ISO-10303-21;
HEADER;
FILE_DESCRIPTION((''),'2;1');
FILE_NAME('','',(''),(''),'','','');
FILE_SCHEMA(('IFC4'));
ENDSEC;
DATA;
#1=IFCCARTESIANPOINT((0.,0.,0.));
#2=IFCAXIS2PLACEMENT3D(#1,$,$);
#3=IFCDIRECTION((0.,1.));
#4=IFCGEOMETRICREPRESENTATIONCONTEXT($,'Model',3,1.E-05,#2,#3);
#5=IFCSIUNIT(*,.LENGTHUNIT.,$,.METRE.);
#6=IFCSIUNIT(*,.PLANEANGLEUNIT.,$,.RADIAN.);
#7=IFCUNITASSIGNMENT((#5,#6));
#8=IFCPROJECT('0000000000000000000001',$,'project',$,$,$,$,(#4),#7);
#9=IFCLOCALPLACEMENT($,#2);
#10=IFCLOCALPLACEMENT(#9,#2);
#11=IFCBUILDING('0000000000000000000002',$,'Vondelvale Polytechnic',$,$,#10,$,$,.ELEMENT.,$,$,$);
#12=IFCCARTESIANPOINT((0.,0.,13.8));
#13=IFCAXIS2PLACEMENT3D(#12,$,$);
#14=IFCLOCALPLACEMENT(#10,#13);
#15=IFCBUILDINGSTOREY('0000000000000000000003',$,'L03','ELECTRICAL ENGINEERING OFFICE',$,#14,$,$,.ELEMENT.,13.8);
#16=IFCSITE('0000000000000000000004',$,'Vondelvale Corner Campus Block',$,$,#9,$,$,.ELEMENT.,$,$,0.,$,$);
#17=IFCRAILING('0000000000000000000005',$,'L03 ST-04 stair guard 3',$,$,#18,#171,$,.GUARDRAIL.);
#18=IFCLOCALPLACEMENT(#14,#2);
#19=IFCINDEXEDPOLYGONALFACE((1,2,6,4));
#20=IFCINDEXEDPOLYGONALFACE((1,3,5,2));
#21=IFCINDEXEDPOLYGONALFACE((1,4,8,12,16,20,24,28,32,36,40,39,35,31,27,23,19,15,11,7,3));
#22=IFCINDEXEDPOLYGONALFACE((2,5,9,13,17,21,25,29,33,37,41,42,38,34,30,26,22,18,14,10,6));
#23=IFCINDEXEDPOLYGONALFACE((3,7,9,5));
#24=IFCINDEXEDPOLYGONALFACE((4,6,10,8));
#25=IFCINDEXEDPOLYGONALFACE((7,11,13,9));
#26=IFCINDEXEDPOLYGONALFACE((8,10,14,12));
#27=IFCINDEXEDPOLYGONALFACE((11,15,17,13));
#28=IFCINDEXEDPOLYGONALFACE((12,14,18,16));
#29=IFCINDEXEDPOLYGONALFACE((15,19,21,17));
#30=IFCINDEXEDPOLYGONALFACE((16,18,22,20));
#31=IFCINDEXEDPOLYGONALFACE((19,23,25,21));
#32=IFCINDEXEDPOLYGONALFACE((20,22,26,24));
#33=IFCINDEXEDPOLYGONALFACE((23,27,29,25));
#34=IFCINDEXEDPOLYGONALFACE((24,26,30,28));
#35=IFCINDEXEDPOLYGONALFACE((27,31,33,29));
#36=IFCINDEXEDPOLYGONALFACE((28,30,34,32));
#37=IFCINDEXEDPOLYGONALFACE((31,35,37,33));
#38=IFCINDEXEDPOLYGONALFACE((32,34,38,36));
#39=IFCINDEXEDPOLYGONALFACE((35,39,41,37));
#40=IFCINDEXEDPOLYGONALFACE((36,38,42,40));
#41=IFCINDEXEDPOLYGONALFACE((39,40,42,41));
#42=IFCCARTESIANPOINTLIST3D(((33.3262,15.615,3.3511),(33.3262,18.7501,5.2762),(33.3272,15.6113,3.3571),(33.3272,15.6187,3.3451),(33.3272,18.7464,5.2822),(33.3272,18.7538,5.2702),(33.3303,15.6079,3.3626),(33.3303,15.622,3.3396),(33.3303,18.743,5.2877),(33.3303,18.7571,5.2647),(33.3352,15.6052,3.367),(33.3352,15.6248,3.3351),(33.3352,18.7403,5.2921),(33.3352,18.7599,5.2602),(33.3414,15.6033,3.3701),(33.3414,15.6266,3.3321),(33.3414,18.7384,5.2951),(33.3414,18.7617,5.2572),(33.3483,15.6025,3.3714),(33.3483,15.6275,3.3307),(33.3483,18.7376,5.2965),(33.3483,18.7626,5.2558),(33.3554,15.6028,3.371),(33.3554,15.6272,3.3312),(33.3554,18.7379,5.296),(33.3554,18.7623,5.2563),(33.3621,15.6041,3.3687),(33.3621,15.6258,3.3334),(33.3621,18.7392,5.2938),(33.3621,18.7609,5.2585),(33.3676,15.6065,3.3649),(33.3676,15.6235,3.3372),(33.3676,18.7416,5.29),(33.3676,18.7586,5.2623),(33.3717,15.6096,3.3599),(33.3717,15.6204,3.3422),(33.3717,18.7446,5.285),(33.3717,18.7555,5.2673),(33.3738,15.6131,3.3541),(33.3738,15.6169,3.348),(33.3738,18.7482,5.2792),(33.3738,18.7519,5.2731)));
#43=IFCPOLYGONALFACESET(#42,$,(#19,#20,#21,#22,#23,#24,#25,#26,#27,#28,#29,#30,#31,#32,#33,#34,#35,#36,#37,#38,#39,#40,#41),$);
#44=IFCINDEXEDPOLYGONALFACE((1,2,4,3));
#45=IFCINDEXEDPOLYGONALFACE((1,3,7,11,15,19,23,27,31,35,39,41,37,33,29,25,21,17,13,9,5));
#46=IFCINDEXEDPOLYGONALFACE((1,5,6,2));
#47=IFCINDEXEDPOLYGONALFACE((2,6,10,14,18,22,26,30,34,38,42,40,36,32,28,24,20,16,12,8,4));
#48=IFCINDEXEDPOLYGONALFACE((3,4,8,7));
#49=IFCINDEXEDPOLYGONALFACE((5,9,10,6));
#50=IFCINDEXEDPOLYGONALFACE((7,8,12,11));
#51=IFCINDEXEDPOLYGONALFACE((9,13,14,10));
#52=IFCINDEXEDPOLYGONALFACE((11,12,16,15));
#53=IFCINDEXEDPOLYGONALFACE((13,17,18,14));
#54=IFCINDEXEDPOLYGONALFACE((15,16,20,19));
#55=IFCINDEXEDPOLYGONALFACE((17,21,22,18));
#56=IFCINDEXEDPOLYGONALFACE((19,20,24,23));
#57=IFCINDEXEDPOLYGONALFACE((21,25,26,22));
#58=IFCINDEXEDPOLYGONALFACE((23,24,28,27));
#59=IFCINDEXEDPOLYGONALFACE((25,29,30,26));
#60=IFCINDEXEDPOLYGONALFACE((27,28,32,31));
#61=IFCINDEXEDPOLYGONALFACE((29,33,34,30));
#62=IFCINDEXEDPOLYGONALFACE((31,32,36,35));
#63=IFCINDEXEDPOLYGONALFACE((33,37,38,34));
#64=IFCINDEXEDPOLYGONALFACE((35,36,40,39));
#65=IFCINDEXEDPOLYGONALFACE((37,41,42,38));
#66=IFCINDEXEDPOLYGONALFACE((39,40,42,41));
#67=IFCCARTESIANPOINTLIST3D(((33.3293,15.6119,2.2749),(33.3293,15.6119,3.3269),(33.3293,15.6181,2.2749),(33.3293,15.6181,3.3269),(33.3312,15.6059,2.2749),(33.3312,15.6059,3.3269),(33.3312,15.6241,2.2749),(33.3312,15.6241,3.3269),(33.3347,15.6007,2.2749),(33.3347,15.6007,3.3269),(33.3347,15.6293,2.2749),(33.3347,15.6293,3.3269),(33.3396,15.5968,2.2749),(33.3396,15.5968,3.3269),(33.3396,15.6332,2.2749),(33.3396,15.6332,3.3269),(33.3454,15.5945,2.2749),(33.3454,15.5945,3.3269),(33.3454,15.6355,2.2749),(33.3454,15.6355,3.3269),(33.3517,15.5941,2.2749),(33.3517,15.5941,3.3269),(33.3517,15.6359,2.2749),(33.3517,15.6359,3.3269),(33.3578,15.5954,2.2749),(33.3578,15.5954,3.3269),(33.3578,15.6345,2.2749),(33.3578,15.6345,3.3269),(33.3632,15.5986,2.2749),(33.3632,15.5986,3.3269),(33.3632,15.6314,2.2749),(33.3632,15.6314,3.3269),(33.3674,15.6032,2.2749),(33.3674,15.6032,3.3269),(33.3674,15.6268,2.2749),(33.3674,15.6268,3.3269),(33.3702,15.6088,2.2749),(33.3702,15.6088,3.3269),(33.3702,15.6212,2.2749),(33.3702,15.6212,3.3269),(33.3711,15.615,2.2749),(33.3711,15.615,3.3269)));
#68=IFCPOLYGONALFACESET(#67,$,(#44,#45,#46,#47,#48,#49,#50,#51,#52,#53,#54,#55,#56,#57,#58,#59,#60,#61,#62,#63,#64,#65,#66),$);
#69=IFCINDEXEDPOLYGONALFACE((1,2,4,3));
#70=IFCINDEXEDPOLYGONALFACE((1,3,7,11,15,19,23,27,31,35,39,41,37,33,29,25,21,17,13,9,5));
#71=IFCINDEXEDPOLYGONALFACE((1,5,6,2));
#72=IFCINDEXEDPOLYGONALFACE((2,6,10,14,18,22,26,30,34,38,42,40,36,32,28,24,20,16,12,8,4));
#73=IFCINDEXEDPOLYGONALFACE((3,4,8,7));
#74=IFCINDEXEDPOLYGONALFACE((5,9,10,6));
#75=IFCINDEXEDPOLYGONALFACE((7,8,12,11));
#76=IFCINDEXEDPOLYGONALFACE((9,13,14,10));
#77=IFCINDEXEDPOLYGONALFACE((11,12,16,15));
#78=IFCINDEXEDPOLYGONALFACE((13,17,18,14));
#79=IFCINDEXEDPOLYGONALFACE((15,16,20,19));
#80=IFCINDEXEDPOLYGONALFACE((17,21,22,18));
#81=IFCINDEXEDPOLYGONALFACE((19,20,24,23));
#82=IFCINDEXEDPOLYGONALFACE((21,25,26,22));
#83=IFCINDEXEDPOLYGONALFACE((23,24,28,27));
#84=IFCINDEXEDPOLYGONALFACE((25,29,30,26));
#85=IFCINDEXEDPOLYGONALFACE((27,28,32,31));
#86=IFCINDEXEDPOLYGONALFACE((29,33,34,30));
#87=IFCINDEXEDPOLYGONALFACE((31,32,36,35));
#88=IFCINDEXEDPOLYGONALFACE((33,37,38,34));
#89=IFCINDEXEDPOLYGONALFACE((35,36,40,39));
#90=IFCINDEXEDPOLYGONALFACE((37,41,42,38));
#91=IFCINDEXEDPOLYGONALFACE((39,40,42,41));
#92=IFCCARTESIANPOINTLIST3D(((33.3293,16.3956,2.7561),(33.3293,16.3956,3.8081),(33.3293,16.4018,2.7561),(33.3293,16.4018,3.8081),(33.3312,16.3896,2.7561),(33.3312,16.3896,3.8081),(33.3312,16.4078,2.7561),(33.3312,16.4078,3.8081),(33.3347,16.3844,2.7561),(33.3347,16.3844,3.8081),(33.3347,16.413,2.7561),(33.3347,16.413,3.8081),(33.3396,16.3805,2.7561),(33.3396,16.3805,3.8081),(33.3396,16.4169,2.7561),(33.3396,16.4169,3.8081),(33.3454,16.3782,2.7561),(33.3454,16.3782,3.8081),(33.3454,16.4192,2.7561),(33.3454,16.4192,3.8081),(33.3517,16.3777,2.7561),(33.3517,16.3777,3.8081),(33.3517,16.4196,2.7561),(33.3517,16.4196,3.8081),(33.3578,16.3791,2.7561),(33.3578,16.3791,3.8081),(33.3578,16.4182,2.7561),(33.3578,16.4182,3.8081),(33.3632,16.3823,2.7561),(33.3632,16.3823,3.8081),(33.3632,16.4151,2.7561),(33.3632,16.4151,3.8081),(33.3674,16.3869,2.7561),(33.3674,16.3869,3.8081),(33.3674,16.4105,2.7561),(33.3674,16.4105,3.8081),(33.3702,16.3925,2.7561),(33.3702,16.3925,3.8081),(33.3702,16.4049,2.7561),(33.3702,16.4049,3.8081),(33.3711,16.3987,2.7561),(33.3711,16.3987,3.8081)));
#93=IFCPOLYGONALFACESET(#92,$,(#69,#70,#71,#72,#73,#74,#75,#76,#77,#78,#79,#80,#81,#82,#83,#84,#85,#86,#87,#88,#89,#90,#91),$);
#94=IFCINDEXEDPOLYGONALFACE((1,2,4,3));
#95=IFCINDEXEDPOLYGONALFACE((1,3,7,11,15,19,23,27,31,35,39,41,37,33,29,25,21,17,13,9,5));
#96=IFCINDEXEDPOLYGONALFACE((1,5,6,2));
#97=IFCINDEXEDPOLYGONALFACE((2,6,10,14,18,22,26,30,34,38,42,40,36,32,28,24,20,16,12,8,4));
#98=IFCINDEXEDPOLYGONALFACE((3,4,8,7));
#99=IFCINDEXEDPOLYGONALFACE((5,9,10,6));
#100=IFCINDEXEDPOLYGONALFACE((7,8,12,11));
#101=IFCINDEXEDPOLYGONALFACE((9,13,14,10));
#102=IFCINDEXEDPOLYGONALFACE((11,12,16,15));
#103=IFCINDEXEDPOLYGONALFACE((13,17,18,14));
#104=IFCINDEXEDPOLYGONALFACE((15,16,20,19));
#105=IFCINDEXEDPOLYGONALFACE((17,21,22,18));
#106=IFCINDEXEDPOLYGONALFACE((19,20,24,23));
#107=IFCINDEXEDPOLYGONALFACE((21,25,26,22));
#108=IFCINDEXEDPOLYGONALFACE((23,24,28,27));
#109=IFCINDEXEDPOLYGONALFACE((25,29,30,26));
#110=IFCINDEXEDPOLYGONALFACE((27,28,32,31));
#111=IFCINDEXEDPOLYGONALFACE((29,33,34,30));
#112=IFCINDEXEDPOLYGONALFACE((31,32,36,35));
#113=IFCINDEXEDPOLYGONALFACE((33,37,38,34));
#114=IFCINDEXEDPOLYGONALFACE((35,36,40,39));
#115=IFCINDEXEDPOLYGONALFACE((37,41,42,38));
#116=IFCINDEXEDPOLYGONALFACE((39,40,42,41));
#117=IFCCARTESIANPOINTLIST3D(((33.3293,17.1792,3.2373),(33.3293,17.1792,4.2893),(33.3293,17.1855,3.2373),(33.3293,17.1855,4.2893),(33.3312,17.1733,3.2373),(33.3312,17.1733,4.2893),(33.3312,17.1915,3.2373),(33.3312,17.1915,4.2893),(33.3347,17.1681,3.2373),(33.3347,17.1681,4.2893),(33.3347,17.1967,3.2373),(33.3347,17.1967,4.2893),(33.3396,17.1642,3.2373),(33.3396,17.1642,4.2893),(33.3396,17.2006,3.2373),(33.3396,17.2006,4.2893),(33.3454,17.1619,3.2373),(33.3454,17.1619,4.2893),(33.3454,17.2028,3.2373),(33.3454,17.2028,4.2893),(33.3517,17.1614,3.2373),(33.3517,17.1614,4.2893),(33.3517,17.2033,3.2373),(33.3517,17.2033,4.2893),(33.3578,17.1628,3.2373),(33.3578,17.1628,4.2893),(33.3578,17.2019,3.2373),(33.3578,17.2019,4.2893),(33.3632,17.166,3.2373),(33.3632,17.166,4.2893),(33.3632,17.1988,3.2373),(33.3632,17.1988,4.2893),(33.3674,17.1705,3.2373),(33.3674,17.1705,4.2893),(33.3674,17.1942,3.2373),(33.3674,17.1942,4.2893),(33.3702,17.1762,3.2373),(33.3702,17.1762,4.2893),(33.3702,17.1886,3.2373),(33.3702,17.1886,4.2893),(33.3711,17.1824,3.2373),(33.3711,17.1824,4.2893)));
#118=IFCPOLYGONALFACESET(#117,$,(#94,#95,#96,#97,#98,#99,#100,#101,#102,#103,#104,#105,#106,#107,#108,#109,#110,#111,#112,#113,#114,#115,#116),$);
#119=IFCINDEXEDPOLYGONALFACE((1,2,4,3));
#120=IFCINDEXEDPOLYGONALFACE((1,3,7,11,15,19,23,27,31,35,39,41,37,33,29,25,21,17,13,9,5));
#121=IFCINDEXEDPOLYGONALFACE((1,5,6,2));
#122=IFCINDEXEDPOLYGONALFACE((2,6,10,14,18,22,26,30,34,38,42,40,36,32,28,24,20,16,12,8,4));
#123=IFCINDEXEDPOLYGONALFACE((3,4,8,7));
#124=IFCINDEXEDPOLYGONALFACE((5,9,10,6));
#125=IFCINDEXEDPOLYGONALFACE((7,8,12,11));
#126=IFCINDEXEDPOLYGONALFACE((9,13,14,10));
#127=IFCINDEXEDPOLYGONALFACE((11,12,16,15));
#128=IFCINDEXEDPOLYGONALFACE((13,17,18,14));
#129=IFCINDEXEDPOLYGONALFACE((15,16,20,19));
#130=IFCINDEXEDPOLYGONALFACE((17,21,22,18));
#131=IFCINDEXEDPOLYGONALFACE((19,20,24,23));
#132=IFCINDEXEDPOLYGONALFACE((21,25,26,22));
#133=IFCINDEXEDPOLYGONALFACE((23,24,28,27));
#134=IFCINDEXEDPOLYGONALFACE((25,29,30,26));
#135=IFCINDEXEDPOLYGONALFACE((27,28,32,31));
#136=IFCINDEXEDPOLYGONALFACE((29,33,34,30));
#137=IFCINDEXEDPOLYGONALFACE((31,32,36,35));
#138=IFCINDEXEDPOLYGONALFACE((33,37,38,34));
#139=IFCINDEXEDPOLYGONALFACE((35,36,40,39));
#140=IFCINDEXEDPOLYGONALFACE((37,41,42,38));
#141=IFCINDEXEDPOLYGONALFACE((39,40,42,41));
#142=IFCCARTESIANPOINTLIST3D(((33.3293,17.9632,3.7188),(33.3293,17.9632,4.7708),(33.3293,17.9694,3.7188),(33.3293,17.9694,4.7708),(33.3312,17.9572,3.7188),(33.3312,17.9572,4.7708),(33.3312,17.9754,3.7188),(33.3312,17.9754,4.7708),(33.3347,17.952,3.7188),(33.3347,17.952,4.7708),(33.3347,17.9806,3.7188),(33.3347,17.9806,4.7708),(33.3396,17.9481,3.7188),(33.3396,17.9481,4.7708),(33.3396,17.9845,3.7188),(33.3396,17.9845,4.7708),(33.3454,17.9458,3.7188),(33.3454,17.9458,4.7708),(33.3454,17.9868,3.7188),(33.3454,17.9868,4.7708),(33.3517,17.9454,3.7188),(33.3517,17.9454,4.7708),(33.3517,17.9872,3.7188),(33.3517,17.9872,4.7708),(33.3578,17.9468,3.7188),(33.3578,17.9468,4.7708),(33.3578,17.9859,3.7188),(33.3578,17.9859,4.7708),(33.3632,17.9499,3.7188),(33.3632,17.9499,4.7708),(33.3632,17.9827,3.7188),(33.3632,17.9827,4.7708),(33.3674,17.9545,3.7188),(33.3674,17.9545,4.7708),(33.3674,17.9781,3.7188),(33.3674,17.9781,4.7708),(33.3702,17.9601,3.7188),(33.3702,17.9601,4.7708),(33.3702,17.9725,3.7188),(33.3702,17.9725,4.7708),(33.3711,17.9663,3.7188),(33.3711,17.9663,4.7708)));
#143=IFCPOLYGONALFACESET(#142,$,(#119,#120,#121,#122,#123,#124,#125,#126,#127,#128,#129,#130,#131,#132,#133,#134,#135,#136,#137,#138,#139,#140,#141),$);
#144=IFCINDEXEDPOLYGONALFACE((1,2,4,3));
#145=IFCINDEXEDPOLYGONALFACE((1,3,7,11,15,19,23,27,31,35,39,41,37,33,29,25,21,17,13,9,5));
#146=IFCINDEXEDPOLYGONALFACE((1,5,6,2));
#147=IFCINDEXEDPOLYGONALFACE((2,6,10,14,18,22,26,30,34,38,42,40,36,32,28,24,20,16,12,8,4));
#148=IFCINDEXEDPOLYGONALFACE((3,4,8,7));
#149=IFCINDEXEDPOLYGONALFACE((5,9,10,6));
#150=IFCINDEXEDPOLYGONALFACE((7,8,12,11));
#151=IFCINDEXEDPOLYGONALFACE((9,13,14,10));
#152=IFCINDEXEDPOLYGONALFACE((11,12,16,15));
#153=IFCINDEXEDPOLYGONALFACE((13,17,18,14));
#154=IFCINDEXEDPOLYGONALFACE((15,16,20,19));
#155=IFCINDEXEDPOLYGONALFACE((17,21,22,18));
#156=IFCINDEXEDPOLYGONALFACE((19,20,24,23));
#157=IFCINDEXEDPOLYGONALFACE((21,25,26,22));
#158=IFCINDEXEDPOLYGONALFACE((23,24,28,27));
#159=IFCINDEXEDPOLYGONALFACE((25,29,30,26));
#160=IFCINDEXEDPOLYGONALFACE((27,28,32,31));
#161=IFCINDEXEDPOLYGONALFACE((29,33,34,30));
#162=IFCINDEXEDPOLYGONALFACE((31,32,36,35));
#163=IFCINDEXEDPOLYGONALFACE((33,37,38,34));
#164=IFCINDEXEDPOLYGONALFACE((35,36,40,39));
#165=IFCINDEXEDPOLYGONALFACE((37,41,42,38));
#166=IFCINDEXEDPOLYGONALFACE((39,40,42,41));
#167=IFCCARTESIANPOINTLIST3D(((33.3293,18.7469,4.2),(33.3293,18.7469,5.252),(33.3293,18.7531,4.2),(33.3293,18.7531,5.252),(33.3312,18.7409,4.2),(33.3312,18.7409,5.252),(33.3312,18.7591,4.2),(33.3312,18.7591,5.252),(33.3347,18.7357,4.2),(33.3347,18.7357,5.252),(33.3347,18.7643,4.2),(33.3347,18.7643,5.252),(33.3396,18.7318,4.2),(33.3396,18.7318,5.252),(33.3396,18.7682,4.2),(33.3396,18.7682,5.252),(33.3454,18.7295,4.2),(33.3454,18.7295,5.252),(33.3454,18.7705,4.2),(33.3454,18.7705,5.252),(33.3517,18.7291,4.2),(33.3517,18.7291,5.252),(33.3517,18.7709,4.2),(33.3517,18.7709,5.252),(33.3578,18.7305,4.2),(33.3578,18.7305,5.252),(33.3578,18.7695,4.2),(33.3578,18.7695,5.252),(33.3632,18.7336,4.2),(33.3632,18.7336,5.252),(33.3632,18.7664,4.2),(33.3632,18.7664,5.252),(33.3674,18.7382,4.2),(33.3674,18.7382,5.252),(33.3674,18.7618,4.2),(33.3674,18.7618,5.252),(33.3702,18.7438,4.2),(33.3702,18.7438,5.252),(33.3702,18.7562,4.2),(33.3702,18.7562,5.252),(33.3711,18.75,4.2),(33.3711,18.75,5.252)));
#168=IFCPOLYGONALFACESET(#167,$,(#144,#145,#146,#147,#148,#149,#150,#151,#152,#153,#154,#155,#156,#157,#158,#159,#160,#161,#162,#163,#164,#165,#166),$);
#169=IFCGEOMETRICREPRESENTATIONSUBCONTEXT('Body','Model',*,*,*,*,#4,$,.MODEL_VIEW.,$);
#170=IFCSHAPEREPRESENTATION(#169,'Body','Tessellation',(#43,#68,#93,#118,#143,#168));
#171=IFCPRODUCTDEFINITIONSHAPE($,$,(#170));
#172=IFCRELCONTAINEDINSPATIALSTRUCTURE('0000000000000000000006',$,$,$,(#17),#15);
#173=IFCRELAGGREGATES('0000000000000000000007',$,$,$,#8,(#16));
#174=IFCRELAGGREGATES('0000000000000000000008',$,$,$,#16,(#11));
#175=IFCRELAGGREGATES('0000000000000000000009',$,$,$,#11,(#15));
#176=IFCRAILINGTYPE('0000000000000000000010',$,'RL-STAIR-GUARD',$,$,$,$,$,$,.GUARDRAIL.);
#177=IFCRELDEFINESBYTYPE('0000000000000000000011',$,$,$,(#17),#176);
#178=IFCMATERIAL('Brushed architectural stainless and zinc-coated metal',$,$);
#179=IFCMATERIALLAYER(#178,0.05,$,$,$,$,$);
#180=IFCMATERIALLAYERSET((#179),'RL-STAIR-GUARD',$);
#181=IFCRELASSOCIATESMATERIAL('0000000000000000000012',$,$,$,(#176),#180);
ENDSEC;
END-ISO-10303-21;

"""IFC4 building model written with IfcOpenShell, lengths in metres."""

from ifc_helpers import new_model, si_unit, direction, frame, origin, origin_2d, place, context, subcontext, project, spatial, circle, extrude, material, layer, layer_set, type_object, element, save


model = new_model("IFC4")

# Units and contexts
model_context = context("Model", 3, precision=1e-05, world=origin(), true_north=direction((0.0, 1.0)))
body_context = subcontext(model_context, "Body", "Model", "MODEL_VIEW")
ifc_project = project(units=[si_unit("LENGTHUNIT", "METRE"), si_unit("PLANEANGLEUNIT", "RADIAN")], contexts=[model_context])

# Site, building, storey
site_placement = place(None, origin())
site = spatial("IfcSite", under=ifc_project, at=site_placement, Name="Vondelvale Corner Campus Block", CompositionType="ELEMENT", RefElevation=0.0)
building_placement = place(site_placement, origin())
building = spatial("IfcBuilding", under=site, at=building_placement, Name="Vondelvale Polytechnic", CompositionType="ELEMENT")
storey_placement = place(building_placement, frame((0.0, 0.0, 13.8)))
storey = spatial("IfcBuildingStorey", under=building, at=storey_placement, Name="L03", Description="ELECTRICAL ENGINEERING OFFICE", CompositionType="ELEMENT", Elevation=13.8)

# Railing
ifc_material_1 = material(Name="Brushed architectural stainless and zinc-coated metal")
ifc_layer_1 = layer(ifc_material_1, 0.05)
ifc_layer_set_1 = layer_set([ifc_layer_1], Name="RL-STAIR-GUARD")
railing_type_1 = type_object("IfcRailingType", Name="RL-STAIR-GUARD", PredefinedType="GUARDRAIL", material=ifc_layer_set_1)
railing_1_placement = place(storey_placement, frame((33.3501, 15.615, 2.2749)))
element("IfcRailing", 1, at=railing_1_placement, inside=storey, type_object=railing_type_1, Name="L03 ST-04 stair guard 3", PredefinedType="GUARDRAIL", context=body_context, shape_type="SweptSolid", body=[
    extrude(circle(Radius=0.0239, at=origin_2d()), frame((0.0, 0.0, 1.0762), z_axis=(0.0, 0.852166, 0.523271), x_axis=(-1.0, 0.0, 0.0)), (0.0, 0.0, 1.0), 3.679),
    extrude(circle(Radius=0.021, at=origin_2d()), origin(), (0.0, 0.0, 1.0), 1.052),
    extrude(circle(Radius=0.021, at=origin_2d()), frame((0.0, 0.7837, 0.4812)), (0.0, 0.0, 1.0), 1.052),
    extrude(circle(Radius=0.021, at=origin_2d()), frame((0.0, 1.5674, 0.9624)), (0.0, 0.0, 1.0), 1.052),
    extrude(circle(Radius=0.021, at=origin_2d()), frame((0.0, 2.3513, 1.4438)), (0.0, 0.0, 1.0), 1.052),
    extrude(circle(Radius=0.021, at=origin_2d()), frame((0.0, 3.135, 1.925)), (0.0, 0.0, 1.0), 1.052),
])

save(model, "model.ifc")
